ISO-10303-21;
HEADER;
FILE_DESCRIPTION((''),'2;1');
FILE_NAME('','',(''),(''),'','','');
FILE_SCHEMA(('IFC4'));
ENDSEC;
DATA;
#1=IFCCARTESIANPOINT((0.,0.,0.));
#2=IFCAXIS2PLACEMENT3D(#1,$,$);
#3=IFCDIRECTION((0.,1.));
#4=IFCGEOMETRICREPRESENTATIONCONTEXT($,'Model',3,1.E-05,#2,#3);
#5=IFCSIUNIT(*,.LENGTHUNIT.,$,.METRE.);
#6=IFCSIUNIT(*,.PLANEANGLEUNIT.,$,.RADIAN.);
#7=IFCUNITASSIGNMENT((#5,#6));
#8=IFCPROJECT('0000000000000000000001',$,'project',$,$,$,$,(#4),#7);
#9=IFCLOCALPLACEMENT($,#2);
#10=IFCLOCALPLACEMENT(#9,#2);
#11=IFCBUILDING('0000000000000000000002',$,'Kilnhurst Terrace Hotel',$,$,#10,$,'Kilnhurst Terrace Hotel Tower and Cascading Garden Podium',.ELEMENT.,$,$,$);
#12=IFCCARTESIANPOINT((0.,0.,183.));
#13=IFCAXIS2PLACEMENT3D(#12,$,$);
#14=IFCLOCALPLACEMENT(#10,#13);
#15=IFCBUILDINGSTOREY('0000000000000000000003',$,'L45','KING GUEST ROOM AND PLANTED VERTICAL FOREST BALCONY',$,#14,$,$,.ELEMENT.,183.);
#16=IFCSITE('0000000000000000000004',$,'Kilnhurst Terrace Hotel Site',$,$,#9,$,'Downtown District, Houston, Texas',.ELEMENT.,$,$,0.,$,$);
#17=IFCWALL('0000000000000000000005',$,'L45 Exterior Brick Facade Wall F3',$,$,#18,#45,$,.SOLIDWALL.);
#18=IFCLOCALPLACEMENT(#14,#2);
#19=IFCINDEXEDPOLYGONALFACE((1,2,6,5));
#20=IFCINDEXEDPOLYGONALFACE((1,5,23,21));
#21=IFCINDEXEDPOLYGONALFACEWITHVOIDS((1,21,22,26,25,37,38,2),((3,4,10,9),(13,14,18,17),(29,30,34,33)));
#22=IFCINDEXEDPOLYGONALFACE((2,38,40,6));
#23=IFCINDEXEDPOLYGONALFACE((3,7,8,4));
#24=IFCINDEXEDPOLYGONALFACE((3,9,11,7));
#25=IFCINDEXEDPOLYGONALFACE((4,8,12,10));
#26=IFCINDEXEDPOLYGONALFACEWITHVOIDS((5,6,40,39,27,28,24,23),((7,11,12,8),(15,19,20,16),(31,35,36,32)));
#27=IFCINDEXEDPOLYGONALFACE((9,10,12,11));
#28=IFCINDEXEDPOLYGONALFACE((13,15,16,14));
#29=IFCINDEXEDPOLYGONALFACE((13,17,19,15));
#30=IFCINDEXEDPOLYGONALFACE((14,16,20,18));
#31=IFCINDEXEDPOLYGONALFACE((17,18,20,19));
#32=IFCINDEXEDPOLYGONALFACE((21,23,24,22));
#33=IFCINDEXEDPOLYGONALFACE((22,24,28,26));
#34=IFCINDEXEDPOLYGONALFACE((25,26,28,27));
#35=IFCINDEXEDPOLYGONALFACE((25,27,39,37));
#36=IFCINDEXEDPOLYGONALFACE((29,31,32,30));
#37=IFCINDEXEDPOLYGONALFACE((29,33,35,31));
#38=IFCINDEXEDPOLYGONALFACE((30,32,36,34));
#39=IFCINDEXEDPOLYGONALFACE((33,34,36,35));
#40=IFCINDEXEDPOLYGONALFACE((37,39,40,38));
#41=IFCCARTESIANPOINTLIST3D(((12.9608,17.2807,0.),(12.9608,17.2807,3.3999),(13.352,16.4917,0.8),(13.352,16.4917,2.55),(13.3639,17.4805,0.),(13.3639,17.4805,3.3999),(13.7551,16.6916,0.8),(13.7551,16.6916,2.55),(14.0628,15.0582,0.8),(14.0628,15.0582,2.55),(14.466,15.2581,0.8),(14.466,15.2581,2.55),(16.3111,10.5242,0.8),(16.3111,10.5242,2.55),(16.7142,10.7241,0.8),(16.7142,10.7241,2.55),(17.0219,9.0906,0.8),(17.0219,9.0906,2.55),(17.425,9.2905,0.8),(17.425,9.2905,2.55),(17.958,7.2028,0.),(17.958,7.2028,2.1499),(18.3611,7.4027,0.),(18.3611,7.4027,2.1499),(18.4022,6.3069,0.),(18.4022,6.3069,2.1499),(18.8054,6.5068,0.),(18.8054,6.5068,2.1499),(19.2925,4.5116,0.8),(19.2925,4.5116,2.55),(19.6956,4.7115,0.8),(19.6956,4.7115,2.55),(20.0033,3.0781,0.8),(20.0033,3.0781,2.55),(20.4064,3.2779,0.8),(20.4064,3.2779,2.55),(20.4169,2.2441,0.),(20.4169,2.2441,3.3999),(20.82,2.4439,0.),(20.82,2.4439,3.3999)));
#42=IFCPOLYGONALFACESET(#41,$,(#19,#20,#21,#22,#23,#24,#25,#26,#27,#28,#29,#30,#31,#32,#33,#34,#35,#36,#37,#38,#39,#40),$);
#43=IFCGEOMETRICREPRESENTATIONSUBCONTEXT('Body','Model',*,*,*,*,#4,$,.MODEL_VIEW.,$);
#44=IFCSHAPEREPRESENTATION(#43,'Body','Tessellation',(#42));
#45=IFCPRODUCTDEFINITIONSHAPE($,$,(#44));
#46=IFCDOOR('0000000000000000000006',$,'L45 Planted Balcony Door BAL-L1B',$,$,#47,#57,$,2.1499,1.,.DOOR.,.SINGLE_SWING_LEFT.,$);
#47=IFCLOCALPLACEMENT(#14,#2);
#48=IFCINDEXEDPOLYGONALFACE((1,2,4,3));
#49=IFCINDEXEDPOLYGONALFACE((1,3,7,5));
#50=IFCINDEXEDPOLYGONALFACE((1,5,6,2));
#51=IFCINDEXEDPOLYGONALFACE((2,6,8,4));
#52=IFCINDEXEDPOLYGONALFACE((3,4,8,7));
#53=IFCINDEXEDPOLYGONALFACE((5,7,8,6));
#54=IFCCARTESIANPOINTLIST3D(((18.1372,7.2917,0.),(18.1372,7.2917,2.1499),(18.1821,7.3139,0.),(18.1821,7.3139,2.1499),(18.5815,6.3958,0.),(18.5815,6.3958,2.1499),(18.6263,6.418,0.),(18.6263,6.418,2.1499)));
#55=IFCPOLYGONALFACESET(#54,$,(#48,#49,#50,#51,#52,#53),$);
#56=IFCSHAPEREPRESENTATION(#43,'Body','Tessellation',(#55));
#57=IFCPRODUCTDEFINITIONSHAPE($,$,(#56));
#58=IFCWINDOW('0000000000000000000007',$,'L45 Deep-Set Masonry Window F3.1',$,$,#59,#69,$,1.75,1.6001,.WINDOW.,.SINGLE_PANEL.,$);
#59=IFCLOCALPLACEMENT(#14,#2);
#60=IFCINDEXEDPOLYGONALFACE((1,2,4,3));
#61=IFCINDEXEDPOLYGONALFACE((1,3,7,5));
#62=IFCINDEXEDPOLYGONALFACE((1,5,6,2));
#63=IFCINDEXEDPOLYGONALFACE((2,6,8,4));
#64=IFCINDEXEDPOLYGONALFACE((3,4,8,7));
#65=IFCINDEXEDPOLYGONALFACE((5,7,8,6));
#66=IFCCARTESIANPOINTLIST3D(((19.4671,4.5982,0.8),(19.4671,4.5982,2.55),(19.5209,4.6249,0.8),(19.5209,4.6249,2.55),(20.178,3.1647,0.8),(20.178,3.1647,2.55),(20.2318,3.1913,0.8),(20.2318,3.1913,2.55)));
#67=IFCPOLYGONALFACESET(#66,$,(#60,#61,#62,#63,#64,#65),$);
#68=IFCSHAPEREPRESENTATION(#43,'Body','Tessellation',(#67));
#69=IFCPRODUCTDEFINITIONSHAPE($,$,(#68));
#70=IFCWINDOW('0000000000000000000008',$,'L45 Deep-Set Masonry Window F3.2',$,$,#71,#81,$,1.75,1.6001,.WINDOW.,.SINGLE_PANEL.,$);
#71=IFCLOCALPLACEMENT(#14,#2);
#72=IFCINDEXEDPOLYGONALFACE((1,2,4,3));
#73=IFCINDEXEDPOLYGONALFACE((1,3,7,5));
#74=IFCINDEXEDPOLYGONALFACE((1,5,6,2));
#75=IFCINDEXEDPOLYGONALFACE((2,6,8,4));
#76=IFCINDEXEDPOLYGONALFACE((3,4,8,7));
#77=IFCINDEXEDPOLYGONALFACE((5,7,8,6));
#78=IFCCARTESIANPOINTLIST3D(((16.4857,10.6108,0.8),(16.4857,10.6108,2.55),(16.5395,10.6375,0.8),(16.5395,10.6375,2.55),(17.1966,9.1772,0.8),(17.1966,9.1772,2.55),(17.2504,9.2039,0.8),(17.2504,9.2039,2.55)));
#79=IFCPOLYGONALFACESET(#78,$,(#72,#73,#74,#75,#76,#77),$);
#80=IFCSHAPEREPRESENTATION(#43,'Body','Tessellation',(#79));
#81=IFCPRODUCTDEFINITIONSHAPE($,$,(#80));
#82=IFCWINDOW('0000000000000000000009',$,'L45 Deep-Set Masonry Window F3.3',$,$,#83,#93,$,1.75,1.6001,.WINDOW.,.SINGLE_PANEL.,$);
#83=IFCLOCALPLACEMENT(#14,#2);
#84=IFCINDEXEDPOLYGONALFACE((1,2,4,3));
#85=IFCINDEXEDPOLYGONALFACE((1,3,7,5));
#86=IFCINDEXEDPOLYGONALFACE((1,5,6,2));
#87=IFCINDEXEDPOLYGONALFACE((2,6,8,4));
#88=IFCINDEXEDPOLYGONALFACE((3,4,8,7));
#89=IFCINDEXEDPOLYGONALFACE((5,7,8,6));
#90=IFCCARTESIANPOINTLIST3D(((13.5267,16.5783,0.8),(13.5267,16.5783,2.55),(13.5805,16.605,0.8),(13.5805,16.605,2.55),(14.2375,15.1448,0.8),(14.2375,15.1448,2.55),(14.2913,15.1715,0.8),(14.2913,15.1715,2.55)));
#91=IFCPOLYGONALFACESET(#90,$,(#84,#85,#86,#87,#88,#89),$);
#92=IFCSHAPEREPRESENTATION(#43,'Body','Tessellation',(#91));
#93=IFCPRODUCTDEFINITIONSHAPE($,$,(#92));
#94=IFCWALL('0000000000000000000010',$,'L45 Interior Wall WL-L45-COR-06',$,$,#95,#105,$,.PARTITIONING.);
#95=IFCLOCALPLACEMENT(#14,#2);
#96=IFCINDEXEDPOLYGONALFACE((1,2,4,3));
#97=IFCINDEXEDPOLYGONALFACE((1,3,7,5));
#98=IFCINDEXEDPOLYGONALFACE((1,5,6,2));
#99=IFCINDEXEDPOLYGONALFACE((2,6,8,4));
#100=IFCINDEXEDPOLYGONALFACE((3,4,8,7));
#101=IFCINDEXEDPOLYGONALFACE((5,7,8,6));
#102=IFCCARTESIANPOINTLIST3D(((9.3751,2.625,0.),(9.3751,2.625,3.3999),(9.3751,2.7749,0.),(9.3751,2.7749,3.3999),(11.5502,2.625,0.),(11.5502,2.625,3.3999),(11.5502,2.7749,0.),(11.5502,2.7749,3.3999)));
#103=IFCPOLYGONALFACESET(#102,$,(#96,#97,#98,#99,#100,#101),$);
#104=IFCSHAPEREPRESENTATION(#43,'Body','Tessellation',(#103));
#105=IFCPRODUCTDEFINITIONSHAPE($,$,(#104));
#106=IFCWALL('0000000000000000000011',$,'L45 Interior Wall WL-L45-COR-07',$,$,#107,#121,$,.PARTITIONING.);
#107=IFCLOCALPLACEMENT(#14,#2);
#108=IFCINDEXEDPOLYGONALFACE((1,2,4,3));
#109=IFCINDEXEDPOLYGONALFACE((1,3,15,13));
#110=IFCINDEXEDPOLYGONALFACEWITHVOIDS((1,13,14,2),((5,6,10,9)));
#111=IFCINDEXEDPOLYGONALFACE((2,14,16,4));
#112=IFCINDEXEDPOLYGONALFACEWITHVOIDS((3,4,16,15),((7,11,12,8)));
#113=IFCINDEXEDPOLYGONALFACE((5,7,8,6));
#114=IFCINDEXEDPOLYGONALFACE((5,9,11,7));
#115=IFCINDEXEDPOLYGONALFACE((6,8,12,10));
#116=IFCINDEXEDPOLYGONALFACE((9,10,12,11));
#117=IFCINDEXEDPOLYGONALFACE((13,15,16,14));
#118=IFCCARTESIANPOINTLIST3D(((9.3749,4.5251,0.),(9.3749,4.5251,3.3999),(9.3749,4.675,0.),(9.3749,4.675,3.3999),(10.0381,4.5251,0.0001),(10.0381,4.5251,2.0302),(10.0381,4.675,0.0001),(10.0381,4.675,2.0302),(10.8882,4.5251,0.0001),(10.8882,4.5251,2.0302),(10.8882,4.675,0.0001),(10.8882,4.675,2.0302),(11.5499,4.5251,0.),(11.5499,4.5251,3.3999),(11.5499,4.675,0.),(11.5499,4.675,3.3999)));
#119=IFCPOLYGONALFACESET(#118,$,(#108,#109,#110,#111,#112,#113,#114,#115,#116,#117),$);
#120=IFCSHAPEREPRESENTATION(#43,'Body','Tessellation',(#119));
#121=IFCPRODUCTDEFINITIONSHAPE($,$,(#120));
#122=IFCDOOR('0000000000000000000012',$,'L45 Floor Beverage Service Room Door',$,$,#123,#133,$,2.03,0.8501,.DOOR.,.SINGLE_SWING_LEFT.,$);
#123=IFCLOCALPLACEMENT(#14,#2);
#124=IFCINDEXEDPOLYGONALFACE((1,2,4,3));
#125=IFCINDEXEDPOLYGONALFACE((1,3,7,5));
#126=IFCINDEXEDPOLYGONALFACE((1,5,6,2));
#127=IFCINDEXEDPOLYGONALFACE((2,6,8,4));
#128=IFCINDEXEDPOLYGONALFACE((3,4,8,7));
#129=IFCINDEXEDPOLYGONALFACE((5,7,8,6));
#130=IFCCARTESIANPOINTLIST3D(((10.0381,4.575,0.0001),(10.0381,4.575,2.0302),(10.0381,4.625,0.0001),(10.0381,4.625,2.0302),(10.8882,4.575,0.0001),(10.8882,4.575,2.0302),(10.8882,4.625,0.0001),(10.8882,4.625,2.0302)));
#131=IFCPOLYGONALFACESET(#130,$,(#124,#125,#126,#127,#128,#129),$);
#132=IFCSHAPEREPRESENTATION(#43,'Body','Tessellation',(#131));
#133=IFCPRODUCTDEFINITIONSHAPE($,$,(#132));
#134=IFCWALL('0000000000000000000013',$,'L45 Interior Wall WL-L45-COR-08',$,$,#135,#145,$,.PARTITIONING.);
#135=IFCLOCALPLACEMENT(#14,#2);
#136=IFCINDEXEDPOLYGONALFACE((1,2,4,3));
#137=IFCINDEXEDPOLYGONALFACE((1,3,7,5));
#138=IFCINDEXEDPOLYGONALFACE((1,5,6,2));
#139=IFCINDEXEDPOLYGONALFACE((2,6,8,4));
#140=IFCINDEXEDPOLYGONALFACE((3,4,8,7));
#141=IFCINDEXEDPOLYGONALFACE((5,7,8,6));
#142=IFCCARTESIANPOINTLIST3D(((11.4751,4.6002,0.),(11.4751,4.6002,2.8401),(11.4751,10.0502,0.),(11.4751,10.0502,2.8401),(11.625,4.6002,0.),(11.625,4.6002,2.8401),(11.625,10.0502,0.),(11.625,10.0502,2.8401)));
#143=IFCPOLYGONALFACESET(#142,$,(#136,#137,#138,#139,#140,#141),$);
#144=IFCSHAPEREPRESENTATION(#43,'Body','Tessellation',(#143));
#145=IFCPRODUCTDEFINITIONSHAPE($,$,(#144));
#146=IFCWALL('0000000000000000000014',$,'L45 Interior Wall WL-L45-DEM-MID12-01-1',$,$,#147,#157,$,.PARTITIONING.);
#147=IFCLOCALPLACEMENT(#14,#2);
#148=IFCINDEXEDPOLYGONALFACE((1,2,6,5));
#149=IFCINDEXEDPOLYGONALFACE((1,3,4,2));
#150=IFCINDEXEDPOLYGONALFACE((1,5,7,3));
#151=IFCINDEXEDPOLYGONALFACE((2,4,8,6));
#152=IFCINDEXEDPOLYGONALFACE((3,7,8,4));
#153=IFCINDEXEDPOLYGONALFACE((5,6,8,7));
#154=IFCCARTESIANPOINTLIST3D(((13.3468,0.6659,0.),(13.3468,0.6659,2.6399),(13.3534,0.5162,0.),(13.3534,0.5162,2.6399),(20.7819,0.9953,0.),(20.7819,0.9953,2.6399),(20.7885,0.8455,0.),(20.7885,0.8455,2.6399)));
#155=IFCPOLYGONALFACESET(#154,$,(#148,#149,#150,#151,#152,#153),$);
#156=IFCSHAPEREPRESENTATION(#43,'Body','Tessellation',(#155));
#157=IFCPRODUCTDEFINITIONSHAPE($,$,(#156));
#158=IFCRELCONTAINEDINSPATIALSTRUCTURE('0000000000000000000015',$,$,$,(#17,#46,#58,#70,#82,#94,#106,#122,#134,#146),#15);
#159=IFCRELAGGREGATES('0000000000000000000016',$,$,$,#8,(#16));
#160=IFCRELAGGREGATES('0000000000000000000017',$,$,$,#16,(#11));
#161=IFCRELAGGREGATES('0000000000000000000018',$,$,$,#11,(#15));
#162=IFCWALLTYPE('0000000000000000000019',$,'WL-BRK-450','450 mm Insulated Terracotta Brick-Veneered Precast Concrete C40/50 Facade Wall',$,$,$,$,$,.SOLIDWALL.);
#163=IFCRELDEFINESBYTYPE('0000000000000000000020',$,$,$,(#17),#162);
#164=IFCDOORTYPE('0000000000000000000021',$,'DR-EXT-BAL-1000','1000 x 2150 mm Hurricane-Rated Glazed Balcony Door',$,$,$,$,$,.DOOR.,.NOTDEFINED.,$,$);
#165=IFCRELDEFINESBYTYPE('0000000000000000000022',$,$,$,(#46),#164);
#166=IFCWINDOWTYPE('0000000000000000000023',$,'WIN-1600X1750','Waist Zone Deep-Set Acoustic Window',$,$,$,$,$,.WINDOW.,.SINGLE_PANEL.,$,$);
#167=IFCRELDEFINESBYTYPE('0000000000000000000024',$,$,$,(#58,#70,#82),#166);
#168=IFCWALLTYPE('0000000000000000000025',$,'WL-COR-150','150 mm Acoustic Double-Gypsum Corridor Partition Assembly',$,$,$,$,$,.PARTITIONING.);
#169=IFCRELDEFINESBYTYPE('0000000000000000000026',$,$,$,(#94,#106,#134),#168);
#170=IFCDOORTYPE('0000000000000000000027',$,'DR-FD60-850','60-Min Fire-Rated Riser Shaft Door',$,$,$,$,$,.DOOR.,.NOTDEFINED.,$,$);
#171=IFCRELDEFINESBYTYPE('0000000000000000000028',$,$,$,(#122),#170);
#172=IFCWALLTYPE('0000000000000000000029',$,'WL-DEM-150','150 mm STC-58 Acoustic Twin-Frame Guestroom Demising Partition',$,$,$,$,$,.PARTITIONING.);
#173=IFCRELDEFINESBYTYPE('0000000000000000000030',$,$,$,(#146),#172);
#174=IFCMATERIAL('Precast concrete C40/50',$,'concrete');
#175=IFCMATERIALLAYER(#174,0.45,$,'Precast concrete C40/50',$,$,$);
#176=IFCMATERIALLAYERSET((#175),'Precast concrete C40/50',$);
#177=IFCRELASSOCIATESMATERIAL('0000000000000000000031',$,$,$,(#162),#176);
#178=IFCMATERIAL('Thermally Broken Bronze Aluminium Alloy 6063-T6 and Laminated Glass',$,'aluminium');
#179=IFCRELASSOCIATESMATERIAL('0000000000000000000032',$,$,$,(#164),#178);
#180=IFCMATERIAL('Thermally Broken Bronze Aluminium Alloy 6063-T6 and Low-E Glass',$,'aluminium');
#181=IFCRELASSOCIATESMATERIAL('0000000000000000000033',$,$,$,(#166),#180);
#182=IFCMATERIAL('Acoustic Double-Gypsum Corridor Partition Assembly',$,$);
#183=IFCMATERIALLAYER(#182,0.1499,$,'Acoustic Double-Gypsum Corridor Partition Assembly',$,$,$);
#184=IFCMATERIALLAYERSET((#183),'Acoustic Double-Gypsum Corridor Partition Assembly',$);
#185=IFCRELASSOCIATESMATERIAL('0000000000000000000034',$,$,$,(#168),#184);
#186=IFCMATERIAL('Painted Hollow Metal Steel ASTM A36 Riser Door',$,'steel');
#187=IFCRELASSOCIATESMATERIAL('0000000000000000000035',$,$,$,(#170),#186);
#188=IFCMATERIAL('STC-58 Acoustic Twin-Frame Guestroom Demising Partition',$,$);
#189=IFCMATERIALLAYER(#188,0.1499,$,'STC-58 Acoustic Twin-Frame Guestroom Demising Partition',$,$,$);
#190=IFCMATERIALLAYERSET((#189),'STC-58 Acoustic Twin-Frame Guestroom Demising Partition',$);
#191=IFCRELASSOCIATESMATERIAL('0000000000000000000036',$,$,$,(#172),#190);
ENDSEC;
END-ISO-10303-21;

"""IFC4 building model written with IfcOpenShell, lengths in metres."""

from ifc_helpers import new_model, si_unit, direction, frame, frame_2d, origin, place, context, subcontext, project, spatial, rectangle, extrude, material, layer, layer_set, type_object, element, fill, save


model = new_model("IFC4")

# Units and contexts
model_context = context("Model", 3, precision=1e-05, world=origin(), true_north=direction((0.0, 1.0)))
body_context = subcontext(model_context, "Body", "Model", "MODEL_VIEW")
ifc_project = project(units=[si_unit("LENGTHUNIT", "METRE"), si_unit("PLANEANGLEUNIT", "RADIAN")], contexts=[model_context])

# Site, building, storey
site_placement = place(None, origin())
site = spatial("IfcSite", under=ifc_project, at=site_placement, Name="Kilnhurst Terrace Hotel Site", LongName="Downtown District, Houston, Texas", CompositionType="ELEMENT", RefElevation=0.0)
building_placement = place(site_placement, origin())
building = spatial("IfcBuilding", under=site, at=building_placement, Name="Kilnhurst Terrace Hotel", LongName="Kilnhurst Terrace Hotel Tower and Cascading Garden Podium", CompositionType="ELEMENT")
storey_placement = place(building_placement, frame((0.0, 0.0, 183.0)))
storey = spatial("IfcBuildingStorey", under=building, at=storey_placement, Name="L45", Description="KING GUEST ROOM AND PLANTED VERTICAL FOREST BALCONY", CompositionType="ELEMENT", Elevation=183.0)

# Shared definitions
ifc_material_1 = material(Name="Precast concrete C40/50", Category="concrete")
ifc_layer_1 = layer(ifc_material_1, 0.45, Name="Precast concrete C40/50")
ifc_layer_set_1 = layer_set([ifc_layer_1], Name="Precast concrete C40/50")
wall_type_1 = type_object("IfcWallType", Name="WL-BRK-450", Description="450 mm Insulated Terracotta Brick-Veneered Precast Concrete C40/50 Facade Wall", PredefinedType="SOLIDWALL", material=ifc_layer_set_1)

# Wall, openings, door, windows
wall_1_placement = place(storey_placement, frame((20.6184, 2.344, 0.0), z_axis=(0.0, 0.0, 1.0), x_axis=(-0.444244, 0.895906, 0.0)))
wall_1 = element("IfcWall", 1, at=wall_1_placement, inside=storey, type_object=wall_type_1, Name="L45 Exterior Brick Facade Wall F3", PredefinedType="SOLIDWALL", context=body_context, shape_type="SweptSolid", body=[
    extrude(rectangle(XDim=16.7837, YDim=0.45, at=frame_2d((8.3918, 0.0))), origin(), (0.0, 0.0, 1.0), 3.3999),
])
opening_1_placement = place(wall_1_placement, frame((4.5349, 0.0, 0.0)))
opening_1 = element("IfcOpeningElement", 2, at=opening_1_placement, cuts=wall_1, PredefinedType="OPENING", context=body_context, shape_type="SweptSolid", body=[
    extrude(rectangle(XDim=1.0, YDim=2.1499, at=frame_2d((0.5, 1.075))), frame((0.0, 0.2349, 0.0), z_axis=(0.0, -1.0, 0.0), x_axis=(1.0, 0.0, 0.0)), (0.0, 0.0, 1.0), 0.47),
])
opening_2_placement = place(wall_1_placement, frame((0.9309, 0.0, 0.8)))
opening_2 = element("IfcOpeningElement", 3, at=opening_2_placement, cuts=wall_1, PredefinedType="OPENING", context=body_context, shape_type="SweptSolid", body=[
    extrude(rectangle(XDim=1.6001, YDim=1.75, at=frame_2d((0.8, 0.875))), frame((0.0, 0.2349, 0.0), z_axis=(0.0, -1.0, 0.0), x_axis=(1.0, 0.0, 0.0)), (0.0, 0.0, 1.0), 0.47),
])
opening_3_placement = place(wall_1_placement, frame((7.6421, 0.0, 0.8)))
opening_3 = element("IfcOpeningElement", 4, at=opening_3_placement, cuts=wall_1, PredefinedType="OPENING", context=body_context, shape_type="SweptSolid", body=[
    extrude(rectangle(XDim=1.6001, YDim=1.75, at=frame_2d((0.8, 0.875))), frame((0.0, 0.2349, 0.0), z_axis=(0.0, -1.0, 0.0), x_axis=(1.0, 0.0, 0.0)), (0.0, 0.0, 1.0), 0.47),
])
opening_4_placement = place(wall_1_placement, frame((14.303, 0.0, 0.8)))
opening_4 = element("IfcOpeningElement", 5, at=opening_4_placement, cuts=wall_1, PredefinedType="OPENING", context=body_context, shape_type="SweptSolid", body=[
    extrude(rectangle(XDim=1.6001, YDim=1.75, at=frame_2d((0.8, 0.875))), frame((0.0, 0.2349, 0.0), z_axis=(0.0, -1.0, 0.0), x_axis=(1.0, 0.0, 0.0)), (0.0, 0.0, 1.0), 0.47),
])
ifc_material_2 = material(Name="Thermally Broken Bronze Aluminium Alloy 6063-T6 and Laminated Glass", Category="aluminium")
door_type_1 = type_object("IfcDoorType", Name="DR-EXT-BAL-1000", Description="1000 x 2150 mm Hurricane-Rated Glazed Balcony Door", OperationType="NOTDEFINED", PredefinedType="DOOR", material=ifc_material_2)
door_1_placement = place(opening_1_placement, origin())
door_1 = element("IfcDoor", 6, at=door_1_placement, inside=storey, type_object=door_type_1, Name="L45 Planted Balcony Door BAL-L1B", OperationType="SINGLE_SWING_LEFT", OverallHeight=2.1499, OverallWidth=1.0, PredefinedType="DOOR", context=body_context, shape_type="SweptSolid", body=[
    extrude(rectangle(XDim=1.0, YDim=2.1499, at=frame_2d((0.5, 1.075))), frame((0.0, 0.0249, 0.0), z_axis=(0.0, -1.0, 0.0), x_axis=(1.0, 0.0, 0.0)), (0.0, 0.0, 1.0), 0.05),
])
fill(opening_1, door_1)
ifc_material_3 = material(Name="Thermally Broken Bronze Aluminium Alloy 6063-T6 and Low-E Glass", Category="aluminium")
window_type = type_object("IfcWindowType", Name="WIN-1600X1750", Description="Waist Zone Deep-Set Acoustic Window", PartitioningType="SINGLE_PANEL", PredefinedType="WINDOW", material=ifc_material_3)
window_1_placement = place(opening_2_placement, origin())
window_1 = element("IfcWindow", 7, at=window_1_placement, inside=storey, type_object=window_type, Name="L45 Deep-Set Masonry Window F3.1", OverallHeight=1.75, OverallWidth=1.6001, PartitioningType="SINGLE_PANEL", PredefinedType="WINDOW", context=body_context, shape_type="SweptSolid", body=[
    extrude(rectangle(XDim=1.6001, YDim=1.75, at=frame_2d((0.8, 0.875))), frame((0.0, 0.03, 0.0), z_axis=(0.0, -1.0, 0.0), x_axis=(1.0, 0.0, 0.0)), (0.0, 0.0, 1.0), 0.0601),
])
fill(opening_2, window_1)
window_2_placement = place(opening_3_placement, origin())
window_2 = element("IfcWindow", 8, at=window_2_placement, inside=storey, type_object=window_type, Name="L45 Deep-Set Masonry Window F3.2", OverallHeight=1.75, OverallWidth=1.6001, PartitioningType="SINGLE_PANEL", PredefinedType="WINDOW", context=body_context, shape_type="SweptSolid", body=[
    extrude(rectangle(XDim=1.6001, YDim=1.75, at=frame_2d((0.8, 0.875))), frame((0.0, 0.03, 0.0), z_axis=(0.0, -1.0, 0.0), x_axis=(1.0, 0.0, 0.0)), (0.0, 0.0, 1.0), 0.0601),
])
fill(opening_3, window_2)
window_3_placement = place(opening_4_placement, origin())
window_3 = element("IfcWindow", 9, at=window_3_placement, inside=storey, type_object=window_type, Name="L45 Deep-Set Masonry Window F3.3", OverallHeight=1.75, OverallWidth=1.6001, PartitioningType="SINGLE_PANEL", PredefinedType="WINDOW", context=body_context, shape_type="SweptSolid", body=[
    extrude(rectangle(XDim=1.6001, YDim=1.75, at=frame_2d((0.8, 0.875))), frame((0.0, 0.03, 0.0), z_axis=(0.0, -1.0, 0.0), x_axis=(1.0, 0.0, 0.0)), (0.0, 0.0, 1.0), 0.0601),
])
fill(opening_4, window_3)

# Wall
ifc_material_4 = material(Name="Acoustic Double-Gypsum Corridor Partition Assembly")
ifc_layer_2 = layer(ifc_material_4, 0.1499, Name="Acoustic Double-Gypsum Corridor Partition Assembly")
ifc_layer_set_2 = layer_set([ifc_layer_2], Name="Acoustic Double-Gypsum Corridor Partition Assembly")
wall_type_2 = type_object("IfcWallType", Name="WL-COR-150", Description="150 mm Acoustic Double-Gypsum Corridor Partition Assembly", PredefinedType="PARTITIONING", material=ifc_layer_set_2)
wall_2_placement = place(storey_placement, frame((11.55, 2.7, 0.0), z_axis=(0.0, 0.0, 1.0), x_axis=(-1.0, 0.0, 0.0)))
element("IfcWall", 10, at=wall_2_placement, inside=storey, type_object=wall_type_2, Name="L45 Interior Wall WL-L45-COR-06", PredefinedType="PARTITIONING", context=body_context, shape_type="SweptSolid", body=[
    extrude(rectangle(XDim=2.175, YDim=0.1499, at=frame_2d((1.0874, 0.0))), origin(), (0.0, 0.0, 1.0), 3.3999),
])

# Wall, opening, door
wall_3_placement = place(storey_placement, frame((9.375, 4.6001, 0.0), z_axis=(0.0, 0.0, 1.0), x_axis=(1.0, 0.0, 0.0)))
wall_3 = element("IfcWall", 11, at=wall_3_placement, inside=storey, type_object=wall_type_2, Name="L45 Interior Wall WL-L45-COR-07", PredefinedType="PARTITIONING", context=body_context, shape_type="SweptSolid", body=[
    extrude(rectangle(XDim=2.175, YDim=0.1499, at=frame_2d((1.0874, 0.0))), origin(), (0.0, 0.0, 1.0), 3.3999),
])
opening_5_placement = place(wall_3_placement, frame((0.6631, 0.0, 0.0)))
opening_5 = element("IfcOpeningElement", 12, at=opening_5_placement, cuts=wall_3, PredefinedType="OPENING", context=body_context, shape_type="SweptSolid", body=[
    extrude(rectangle(XDim=0.8501, YDim=2.03, at=frame_2d((0.425, 1.0151))), frame((0.0, 0.085, 0.0), z_axis=(0.0, -1.0, 0.0), x_axis=(1.0, 0.0, 0.0)), (0.0, 0.0, 1.0), 0.1699),
])
ifc_material_5 = material(Name="Painted Hollow Metal Steel ASTM A36 Riser Door", Category="steel")
door_type_2 = type_object("IfcDoorType", Name="DR-FD60-850", Description="60-Min Fire-Rated Riser Shaft Door", OperationType="NOTDEFINED", PredefinedType="DOOR", material=ifc_material_5)
door_2_placement = place(opening_5_placement, origin())
door_2 = element("IfcDoor", 13, at=door_2_placement, inside=storey, type_object=door_type_2, Name="L45 Floor Beverage Service Room Door", OperationType="SINGLE_SWING_LEFT", OverallHeight=2.03, OverallWidth=0.8501, PredefinedType="DOOR", context=body_context, shape_type="SweptSolid", body=[
    extrude(rectangle(XDim=0.8501, YDim=2.03, at=frame_2d((0.425, 1.0151))), frame((0.0, 0.0249, 0.0), z_axis=(0.0, -1.0, 0.0), x_axis=(1.0, 0.0, 0.0)), (0.0, 0.0, 1.0), 0.05),
])
fill(opening_5, door_2)

# Walls
wall_4_placement = place(storey_placement, frame((11.55, 4.6001, 0.0), z_axis=(0.0, 0.0, 1.0), x_axis=(0.0, 1.0, 0.0)))
element("IfcWall", 14, at=wall_4_placement, inside=storey, type_object=wall_type_2, Name="L45 Interior Wall WL-L45-COR-08", PredefinedType="PARTITIONING", context=body_context, shape_type="SweptSolid", body=[
    extrude(rectangle(XDim=5.45, YDim=0.1499, at=frame_2d((2.7251, 0.0))), origin(), (0.0, 0.0, 1.0), 2.8401),
])
ifc_material_6 = material(Name="STC-58 Acoustic Twin-Frame Guestroom Demising Partition")
ifc_layer_3 = layer(ifc_material_6, 0.1499, Name="STC-58 Acoustic Twin-Frame Guestroom Demising Partition")
ifc_layer_set_3 = layer_set([ifc_layer_3], Name="STC-58 Acoustic Twin-Frame Guestroom Demising Partition")
wall_type_3 = type_object("IfcWallType", Name="WL-DEM-150", Description="150 mm STC-58 Acoustic Twin-Frame Guestroom Demising Partition", PredefinedType="PARTITIONING", material=ifc_layer_set_3)
wall_5_placement = place(storey_placement, frame((13.3501, 0.5911, 0.0), z_axis=(0.0, 0.0, 1.0), x_axis=(0.99902, 0.044253, 0.0)))
element("IfcWall", 15, at=wall_5_placement, inside=storey, type_object=wall_type_3, Name="L45 Interior Wall WL-L45-DEM-MID12-01-1", PredefinedType="PARTITIONING", context=body_context, shape_type="SweptSolid", body=[
    extrude(rectangle(XDim=7.4424, YDim=0.1499, at=frame_2d((3.7212, 0.0))), origin(), (0.0, 0.0, 1.0), 2.6399),
])

save(model, "model.ifc")
